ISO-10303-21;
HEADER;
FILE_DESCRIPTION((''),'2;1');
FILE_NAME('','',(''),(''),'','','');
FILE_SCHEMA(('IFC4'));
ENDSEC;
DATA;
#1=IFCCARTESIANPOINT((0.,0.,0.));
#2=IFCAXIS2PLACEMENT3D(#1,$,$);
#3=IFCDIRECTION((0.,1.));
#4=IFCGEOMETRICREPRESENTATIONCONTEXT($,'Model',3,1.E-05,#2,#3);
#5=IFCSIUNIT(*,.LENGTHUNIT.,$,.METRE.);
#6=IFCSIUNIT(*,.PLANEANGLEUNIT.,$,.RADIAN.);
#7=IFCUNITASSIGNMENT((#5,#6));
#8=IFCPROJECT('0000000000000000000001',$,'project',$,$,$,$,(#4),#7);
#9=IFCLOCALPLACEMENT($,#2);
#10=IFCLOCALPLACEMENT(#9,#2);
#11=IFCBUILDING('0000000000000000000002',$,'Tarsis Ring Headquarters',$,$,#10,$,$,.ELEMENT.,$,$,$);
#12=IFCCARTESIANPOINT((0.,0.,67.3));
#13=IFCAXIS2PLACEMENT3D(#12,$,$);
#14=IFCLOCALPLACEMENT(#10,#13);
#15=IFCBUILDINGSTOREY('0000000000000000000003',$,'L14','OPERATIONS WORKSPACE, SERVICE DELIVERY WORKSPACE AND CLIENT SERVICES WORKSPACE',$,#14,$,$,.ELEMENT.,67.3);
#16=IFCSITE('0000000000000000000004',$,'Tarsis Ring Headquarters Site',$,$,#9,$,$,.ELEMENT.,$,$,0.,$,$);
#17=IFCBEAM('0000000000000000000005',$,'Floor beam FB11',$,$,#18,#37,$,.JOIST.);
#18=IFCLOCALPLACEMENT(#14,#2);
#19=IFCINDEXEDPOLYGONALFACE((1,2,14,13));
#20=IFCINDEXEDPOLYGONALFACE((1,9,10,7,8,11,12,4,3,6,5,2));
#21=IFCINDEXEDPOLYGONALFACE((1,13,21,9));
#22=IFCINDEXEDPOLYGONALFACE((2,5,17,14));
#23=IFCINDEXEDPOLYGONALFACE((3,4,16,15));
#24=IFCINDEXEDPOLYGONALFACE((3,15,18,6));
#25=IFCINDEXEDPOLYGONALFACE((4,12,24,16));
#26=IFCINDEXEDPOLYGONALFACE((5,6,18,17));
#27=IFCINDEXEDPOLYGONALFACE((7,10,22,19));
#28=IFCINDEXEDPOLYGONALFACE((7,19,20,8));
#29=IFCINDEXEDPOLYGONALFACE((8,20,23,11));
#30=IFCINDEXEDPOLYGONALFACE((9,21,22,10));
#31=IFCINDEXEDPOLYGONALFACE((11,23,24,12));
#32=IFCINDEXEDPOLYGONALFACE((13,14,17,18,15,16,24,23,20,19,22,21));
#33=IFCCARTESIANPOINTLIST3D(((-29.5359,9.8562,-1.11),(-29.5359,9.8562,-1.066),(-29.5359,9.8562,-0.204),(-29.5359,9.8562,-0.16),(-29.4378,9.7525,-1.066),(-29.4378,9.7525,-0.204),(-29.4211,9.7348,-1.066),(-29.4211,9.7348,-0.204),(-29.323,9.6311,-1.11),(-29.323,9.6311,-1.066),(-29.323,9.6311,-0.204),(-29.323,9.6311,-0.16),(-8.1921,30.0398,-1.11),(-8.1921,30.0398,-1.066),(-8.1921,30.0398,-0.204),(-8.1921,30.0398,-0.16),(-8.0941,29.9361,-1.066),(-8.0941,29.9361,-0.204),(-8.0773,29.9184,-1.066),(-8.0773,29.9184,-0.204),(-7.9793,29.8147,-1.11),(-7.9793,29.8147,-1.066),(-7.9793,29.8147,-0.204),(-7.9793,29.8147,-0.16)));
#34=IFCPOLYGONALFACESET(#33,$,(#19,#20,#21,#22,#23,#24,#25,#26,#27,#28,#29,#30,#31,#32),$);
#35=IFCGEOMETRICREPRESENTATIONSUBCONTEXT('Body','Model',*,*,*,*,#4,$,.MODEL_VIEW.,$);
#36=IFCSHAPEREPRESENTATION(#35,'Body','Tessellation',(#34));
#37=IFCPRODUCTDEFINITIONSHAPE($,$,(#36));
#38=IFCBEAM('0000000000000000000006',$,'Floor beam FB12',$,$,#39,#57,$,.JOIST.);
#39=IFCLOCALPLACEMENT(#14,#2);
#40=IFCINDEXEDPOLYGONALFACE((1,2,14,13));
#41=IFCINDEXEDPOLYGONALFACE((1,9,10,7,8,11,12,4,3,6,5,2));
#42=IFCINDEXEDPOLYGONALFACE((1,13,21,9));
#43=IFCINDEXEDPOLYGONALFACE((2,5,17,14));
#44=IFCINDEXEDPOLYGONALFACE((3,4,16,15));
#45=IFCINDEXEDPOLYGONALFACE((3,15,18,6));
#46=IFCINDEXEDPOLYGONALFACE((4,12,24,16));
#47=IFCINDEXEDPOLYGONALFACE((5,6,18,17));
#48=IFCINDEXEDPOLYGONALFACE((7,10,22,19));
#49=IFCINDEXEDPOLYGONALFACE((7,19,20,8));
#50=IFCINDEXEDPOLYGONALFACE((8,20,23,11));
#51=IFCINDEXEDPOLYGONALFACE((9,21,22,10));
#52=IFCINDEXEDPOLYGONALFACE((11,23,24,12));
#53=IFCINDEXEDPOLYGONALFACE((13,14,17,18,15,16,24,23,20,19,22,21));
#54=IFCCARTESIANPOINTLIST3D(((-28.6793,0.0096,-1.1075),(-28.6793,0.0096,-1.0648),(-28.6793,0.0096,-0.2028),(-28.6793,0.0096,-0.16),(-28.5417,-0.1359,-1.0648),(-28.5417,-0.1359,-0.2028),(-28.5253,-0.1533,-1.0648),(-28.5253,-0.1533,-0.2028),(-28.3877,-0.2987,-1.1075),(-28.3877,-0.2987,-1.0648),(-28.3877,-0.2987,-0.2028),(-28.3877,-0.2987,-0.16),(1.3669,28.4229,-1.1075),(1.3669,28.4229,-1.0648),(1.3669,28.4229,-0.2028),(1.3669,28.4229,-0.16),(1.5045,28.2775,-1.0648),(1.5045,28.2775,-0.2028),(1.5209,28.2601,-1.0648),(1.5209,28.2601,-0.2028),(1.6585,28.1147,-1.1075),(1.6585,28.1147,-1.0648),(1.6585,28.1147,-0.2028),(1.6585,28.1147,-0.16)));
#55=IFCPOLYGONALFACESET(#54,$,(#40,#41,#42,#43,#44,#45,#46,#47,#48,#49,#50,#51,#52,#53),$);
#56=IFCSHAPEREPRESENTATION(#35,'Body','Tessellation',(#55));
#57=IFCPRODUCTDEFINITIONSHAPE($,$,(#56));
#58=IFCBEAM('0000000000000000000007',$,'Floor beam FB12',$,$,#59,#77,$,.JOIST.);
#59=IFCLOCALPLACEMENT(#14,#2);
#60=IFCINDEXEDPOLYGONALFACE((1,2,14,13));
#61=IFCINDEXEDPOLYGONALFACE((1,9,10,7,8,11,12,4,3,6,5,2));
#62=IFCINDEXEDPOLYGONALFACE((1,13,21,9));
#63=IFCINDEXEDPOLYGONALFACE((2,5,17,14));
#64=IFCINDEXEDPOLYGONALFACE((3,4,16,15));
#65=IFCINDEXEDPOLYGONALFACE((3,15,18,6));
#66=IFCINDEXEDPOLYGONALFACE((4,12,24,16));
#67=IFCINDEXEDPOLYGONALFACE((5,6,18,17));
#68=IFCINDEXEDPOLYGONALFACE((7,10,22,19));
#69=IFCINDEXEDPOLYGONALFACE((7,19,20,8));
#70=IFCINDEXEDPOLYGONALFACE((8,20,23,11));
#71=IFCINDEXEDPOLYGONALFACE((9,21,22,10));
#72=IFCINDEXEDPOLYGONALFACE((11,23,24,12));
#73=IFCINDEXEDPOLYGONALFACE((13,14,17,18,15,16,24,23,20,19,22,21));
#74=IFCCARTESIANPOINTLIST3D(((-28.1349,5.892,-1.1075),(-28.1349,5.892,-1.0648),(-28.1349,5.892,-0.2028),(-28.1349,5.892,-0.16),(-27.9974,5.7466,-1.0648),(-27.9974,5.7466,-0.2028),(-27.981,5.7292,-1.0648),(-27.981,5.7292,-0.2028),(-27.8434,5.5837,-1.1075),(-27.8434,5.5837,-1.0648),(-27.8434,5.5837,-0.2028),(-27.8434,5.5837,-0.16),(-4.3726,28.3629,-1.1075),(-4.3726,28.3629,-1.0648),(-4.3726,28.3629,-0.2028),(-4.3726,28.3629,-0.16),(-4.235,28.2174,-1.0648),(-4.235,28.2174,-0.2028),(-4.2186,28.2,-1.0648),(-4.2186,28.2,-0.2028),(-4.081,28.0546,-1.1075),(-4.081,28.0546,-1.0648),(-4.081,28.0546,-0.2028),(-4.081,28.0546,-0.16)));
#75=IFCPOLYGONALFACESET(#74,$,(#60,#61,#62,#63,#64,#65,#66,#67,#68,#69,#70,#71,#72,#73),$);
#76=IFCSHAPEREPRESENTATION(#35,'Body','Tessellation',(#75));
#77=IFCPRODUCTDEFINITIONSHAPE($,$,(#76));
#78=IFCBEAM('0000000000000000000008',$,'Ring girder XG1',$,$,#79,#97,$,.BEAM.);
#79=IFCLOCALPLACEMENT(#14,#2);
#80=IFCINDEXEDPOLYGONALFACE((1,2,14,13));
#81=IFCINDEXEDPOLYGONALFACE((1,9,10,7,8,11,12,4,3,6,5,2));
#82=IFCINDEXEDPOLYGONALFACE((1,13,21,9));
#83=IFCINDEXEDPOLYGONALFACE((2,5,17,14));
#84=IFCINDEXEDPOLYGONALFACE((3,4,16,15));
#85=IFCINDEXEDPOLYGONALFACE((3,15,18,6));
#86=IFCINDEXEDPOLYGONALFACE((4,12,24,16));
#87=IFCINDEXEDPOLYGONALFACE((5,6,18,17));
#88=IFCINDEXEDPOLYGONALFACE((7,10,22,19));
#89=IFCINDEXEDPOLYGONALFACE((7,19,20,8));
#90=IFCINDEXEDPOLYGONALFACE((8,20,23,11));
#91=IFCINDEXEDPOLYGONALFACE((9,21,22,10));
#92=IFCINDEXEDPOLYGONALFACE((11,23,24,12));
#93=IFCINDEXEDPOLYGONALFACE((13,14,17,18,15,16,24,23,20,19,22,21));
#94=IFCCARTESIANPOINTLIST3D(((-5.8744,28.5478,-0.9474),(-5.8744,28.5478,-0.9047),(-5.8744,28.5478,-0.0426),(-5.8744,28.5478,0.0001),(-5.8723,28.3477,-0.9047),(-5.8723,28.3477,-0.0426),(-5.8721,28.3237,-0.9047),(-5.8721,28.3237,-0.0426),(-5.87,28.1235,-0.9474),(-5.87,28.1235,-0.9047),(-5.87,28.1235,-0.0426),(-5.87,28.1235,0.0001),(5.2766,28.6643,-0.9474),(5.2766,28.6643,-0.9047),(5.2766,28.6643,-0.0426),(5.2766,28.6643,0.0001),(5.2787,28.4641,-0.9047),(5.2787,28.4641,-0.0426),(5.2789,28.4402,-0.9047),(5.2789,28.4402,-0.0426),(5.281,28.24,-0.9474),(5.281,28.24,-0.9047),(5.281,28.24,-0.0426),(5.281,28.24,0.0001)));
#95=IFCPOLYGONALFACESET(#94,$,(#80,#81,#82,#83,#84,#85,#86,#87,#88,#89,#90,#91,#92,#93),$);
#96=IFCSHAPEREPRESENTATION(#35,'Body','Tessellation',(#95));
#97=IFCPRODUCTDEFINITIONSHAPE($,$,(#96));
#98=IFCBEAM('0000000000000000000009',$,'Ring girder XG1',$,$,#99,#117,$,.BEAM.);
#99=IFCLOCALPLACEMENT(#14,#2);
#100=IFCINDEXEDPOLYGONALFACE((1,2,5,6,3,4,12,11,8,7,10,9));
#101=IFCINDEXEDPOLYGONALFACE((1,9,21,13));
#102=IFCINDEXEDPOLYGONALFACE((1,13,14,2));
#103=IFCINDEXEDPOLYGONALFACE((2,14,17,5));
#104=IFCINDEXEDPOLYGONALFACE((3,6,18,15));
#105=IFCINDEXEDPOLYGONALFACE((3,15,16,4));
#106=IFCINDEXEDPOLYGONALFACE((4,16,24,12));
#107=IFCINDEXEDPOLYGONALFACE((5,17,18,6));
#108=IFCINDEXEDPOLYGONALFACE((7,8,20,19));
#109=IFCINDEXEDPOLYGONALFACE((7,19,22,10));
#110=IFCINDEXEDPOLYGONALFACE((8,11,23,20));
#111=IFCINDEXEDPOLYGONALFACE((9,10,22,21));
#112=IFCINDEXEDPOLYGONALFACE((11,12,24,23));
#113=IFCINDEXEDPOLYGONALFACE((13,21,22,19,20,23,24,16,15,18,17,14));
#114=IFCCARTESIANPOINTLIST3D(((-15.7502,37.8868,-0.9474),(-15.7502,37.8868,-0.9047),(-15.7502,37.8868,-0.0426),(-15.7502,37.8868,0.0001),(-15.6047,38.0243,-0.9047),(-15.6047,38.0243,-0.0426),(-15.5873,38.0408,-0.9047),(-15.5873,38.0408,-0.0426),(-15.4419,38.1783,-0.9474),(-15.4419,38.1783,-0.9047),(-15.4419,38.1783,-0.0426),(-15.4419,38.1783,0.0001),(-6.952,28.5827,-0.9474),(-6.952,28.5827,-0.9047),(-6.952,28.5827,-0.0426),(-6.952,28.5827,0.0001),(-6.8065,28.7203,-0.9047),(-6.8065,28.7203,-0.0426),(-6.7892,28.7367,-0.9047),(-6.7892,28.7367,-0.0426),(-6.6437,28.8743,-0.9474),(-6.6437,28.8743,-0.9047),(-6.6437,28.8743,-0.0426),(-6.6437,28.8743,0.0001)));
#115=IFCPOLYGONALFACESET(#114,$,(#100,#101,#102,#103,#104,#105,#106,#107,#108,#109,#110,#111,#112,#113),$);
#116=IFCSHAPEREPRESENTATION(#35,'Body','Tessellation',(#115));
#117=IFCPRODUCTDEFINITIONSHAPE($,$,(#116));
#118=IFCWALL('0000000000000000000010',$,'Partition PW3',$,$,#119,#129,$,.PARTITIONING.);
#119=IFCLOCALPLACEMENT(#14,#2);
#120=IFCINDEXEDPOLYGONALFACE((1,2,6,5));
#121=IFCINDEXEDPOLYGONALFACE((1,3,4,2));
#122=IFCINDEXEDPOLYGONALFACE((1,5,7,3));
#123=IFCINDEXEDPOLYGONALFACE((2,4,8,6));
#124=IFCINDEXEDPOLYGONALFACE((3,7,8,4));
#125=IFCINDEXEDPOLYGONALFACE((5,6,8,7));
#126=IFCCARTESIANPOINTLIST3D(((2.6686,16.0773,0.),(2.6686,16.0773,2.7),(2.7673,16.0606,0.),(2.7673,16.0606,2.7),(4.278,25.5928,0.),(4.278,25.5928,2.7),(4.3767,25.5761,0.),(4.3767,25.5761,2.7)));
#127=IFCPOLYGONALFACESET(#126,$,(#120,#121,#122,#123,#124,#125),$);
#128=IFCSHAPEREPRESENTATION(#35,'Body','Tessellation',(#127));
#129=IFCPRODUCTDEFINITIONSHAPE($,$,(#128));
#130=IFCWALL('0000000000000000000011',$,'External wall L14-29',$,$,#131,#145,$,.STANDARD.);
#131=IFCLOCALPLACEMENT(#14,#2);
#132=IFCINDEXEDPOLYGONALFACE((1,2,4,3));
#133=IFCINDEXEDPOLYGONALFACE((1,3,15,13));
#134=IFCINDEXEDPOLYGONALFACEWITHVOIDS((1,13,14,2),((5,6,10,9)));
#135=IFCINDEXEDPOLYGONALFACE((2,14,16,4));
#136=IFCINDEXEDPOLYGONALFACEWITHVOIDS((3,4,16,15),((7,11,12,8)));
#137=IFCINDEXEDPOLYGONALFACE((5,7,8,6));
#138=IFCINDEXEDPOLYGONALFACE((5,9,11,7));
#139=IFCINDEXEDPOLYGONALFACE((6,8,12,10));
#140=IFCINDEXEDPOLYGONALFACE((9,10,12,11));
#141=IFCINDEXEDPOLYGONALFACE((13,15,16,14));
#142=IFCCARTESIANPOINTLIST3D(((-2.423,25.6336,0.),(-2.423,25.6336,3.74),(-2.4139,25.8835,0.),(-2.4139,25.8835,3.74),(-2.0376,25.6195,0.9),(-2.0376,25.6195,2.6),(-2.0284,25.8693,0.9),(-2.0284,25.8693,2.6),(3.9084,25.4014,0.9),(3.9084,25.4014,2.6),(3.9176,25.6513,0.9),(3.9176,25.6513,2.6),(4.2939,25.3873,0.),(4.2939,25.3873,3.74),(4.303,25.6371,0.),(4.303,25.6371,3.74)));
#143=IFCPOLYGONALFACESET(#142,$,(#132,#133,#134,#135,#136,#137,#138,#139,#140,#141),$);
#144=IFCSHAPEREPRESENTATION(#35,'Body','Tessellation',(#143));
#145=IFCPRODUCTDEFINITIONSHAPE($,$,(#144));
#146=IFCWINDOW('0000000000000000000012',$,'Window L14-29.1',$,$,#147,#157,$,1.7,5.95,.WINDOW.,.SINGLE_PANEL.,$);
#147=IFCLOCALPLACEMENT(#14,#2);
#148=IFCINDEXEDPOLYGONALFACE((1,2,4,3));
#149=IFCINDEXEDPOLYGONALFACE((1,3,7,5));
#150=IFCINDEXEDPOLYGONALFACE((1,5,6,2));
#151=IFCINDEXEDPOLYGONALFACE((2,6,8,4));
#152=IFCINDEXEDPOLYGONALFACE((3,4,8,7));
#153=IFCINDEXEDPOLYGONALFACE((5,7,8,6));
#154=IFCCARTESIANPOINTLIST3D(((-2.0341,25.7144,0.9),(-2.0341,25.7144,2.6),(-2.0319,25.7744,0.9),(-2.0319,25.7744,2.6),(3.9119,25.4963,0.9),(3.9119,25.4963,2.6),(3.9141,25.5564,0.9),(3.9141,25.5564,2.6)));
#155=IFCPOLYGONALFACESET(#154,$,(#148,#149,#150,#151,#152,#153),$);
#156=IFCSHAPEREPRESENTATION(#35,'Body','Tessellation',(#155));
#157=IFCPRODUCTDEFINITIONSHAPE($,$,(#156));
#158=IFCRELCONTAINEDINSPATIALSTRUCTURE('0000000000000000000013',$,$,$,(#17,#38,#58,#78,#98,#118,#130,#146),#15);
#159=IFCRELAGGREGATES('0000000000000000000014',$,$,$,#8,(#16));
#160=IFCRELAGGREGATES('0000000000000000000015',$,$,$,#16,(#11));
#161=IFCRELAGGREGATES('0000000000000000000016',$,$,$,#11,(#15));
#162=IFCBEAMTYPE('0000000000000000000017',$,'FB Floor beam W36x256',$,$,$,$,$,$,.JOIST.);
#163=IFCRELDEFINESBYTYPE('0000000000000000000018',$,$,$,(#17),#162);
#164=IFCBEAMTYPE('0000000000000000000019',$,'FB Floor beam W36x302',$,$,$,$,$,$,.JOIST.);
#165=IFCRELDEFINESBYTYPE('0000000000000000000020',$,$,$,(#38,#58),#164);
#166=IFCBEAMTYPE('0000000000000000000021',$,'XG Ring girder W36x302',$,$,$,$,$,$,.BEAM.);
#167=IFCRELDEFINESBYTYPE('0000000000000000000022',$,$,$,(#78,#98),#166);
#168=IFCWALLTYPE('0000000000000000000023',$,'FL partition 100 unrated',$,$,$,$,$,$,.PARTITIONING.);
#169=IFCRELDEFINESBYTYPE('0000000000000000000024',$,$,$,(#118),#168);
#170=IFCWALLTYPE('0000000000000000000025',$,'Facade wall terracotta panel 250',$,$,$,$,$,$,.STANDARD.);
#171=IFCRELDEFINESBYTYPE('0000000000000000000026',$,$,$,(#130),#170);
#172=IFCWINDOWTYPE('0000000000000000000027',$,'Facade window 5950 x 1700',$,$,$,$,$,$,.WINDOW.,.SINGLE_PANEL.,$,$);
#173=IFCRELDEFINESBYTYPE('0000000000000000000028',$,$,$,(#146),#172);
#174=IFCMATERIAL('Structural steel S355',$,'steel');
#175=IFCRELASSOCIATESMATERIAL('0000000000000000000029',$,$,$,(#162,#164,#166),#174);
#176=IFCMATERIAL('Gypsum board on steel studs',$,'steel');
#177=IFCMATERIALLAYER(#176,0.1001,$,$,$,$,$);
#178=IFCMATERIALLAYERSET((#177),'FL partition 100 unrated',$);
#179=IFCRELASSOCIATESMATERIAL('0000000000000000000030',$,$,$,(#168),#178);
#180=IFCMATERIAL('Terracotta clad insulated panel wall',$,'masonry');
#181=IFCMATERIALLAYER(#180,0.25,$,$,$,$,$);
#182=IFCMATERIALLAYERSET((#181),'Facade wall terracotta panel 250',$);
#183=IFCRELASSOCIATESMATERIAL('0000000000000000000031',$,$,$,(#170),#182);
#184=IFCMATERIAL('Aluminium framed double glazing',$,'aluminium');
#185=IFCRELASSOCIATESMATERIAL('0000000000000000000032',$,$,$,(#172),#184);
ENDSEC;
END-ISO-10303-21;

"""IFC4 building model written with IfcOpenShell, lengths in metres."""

from ifc_helpers import new_model, si_unit, direction, frame, frame_2d, origin, origin_2d, place, context, subcontext, project, spatial, rectangle, i_section, extrude, material, layer, layer_set, material_profile, profile_set, type_object, element, fill, save


model = new_model("IFC4")

# Units and contexts
model_context = context("Model", 3, precision=1e-05, world=origin(), true_north=direction((0.0, 1.0)))
body_context = subcontext(model_context, "Body", "Model", "MODEL_VIEW")
ifc_project = project(units=[si_unit("LENGTHUNIT", "METRE"), si_unit("PLANEANGLEUNIT", "RADIAN")], contexts=[model_context])

# Site, building, storey
site_placement = place(None, origin())
site = spatial("IfcSite", under=ifc_project, at=site_placement, Name="Tarsis Ring Headquarters Site", CompositionType="ELEMENT", RefElevation=0.0)
building_placement = place(site_placement, origin())
building = spatial("IfcBuilding", under=site, at=building_placement, Name="Tarsis Ring Headquarters", CompositionType="ELEMENT")
storey_placement = place(building_placement, frame((0.0, 0.0, 67.3)))
storey = spatial("IfcBuildingStorey", under=building, at=storey_placement, Name="L14", Description="OPERATIONS WORKSPACE, SERVICE DELIVERY WORKSPACE AND CLIENT SERVICES WORKSPACE", CompositionType="ELEMENT", Elevation=67.3)

# Beams
ifc_material_1 = material(Name="Structural steel S355", Category="steel")
ifc_material_profile_1 = material_profile(ifc_material_1, i_section(OverallWidth=0.3098, OverallDepth=0.95, WebThickness=0.0244, FlangeThickness=0.0439, at=origin_2d()), Name="W36x256")
ifc_profile_set_1 = profile_set([ifc_material_profile_1], Name="Structural steel S355")
beam_type_1 = type_object("IfcBeamType", Name="FB Floor beam W36x256", PredefinedType="JOIST", material=ifc_profile_set_1)
beam_1_placement = place(storey_placement, frame((-8.0857, 29.9272, -0.635), z_axis=(-0.726578, -0.687084, 0.0), x_axis=(0.687084, -0.726578, 0.0)))
element("IfcBeam", 1, at=beam_1_placement, inside=storey, type_object=beam_type_1, Name="Floor beam FB11", PredefinedType="JOIST", context=body_context, shape_type="SweptSolid", body=[
    extrude(i_section(OverallWidth=0.3098, OverallDepth=0.95, WebThickness=0.0244, FlangeThickness=0.0439, at=origin_2d()), origin(), (0.0, 0.0, 1.0), 29.3757),
])
ifc_material_profile_2 = material_profile(ifc_material_1, i_section(OverallWidth=0.4243, OverallDepth=0.9475, WebThickness=0.0239, FlangeThickness=0.0427, at=origin_2d()), Name="W36x302")
ifc_profile_set_2 = profile_set([ifc_material_profile_2], Name="Structural steel S355")
beam_type_2 = type_object("IfcBeamType", Name="FB Floor beam W36x302", PredefinedType="JOIST", material=ifc_profile_set_2)
beam_2_placement = place(storey_placement, frame((1.5127, 28.2688, -0.6338), z_axis=(-0.726573, -0.687089, 0.0), x_axis=(0.687089, -0.726573, 0.0)))
element("IfcBeam", 2, at=beam_2_placement, inside=storey, type_object=beam_type_2, Name="Floor beam FB12", PredefinedType="JOIST", context=body_context, shape_type="SweptSolid", body=[
    extrude(i_section(OverallWidth=0.4243, OverallDepth=0.9475, WebThickness=0.0239, FlangeThickness=0.0427, at=origin_2d()), origin(), (0.0, 0.0, 1.0), 41.3533),
])
beam_3_placement = place(storey_placement, frame((-4.2268, 28.2087, -0.6338), z_axis=(-0.726576, -0.687086, 0.0), x_axis=(0.687086, -0.726576, 0.0)))
element("IfcBeam", 3, at=beam_3_placement, inside=storey, type_object=beam_type_2, Name="Floor beam FB12", PredefinedType="JOIST", context=body_context, shape_type="SweptSolid", body=[
    extrude(i_section(OverallWidth=0.4243, OverallDepth=0.9475, WebThickness=0.0239, FlangeThickness=0.0427, at=origin_2d()), origin(), (0.0, 0.0, 1.0), 32.7046),
])
beam_type_3 = type_object("IfcBeamType", Name="XG Ring girder W36x302", PredefinedType="BEAM", material=ifc_profile_set_2)
beam_4_placement = place(storey_placement, frame((5.2788, 28.4521, -0.4736), z_axis=(-0.999945, -0.010443, 0.0), x_axis=(0.010443, -0.999945, 0.0)))
element("IfcBeam", 4, at=beam_4_placement, inside=storey, type_object=beam_type_3, Name="Ring girder XG1", PredefinedType="BEAM", context=body_context, shape_type="SweptSolid", body=[
    extrude(i_section(OverallWidth=0.4243, OverallDepth=0.9475, WebThickness=0.0239, FlangeThickness=0.0427, at=origin_2d()), origin(), (0.0, 0.0, 1.0), 11.1516),
])
beam_5_placement = place(storey_placement, frame((-6.7979, 28.7285, -0.4736), z_axis=(-0.687079, 0.726583, 0.0), x_axis=(-0.726583, -0.687079, 0.0)))
element("IfcBeam", 5, at=beam_5_placement, inside=storey, type_object=beam_type_3, Name="Ring girder XG1", PredefinedType="BEAM", context=body_context, shape_type="SweptSolid", body=[
    extrude(i_section(OverallWidth=0.4243, OverallDepth=0.9475, WebThickness=0.0239, FlangeThickness=0.0427, at=origin_2d()), origin(), (0.0, 0.0, 1.0), 12.8052),
])

# Wall
ifc_material_2 = material(Name="Gypsum board on steel studs", Category="steel")
ifc_layer_1 = layer(ifc_material_2, 0.1001)
ifc_layer_set_1 = layer_set([ifc_layer_1], Name="FL partition 100 unrated")
wall_type_1 = type_object("IfcWallType", Name="FL partition 100 unrated", PredefinedType="PARTITIONING", material=ifc_layer_set_1)
wall_1_placement = place(storey_placement, frame((2.718, 16.0691, 0.0), z_axis=(0.0, 0.0, 1.0), x_axis=(0.166766, 0.985997, 0.0)))
element("IfcWall", 6, at=wall_1_placement, inside=storey, type_object=wall_type_1, Name="Partition PW3", PredefinedType="PARTITIONING", context=body_context, shape_type="SweptSolid", body=[
    extrude(rectangle(XDim=9.6506, YDim=0.1001, at=frame_2d((4.8252, 0.0))), origin(), (0.0, 0.0, 1.0), 2.7),
])

# Wall, opening, window
ifc_material_3 = material(Name="Terracotta clad insulated panel wall", Category="masonry")
ifc_layer_2 = layer(ifc_material_3, 0.25)
ifc_layer_set_2 = layer_set([ifc_layer_2], Name="Facade wall terracotta panel 250")
wall_type_2 = type_object("IfcWallType", Name="Facade wall terracotta panel 250", PredefinedType="STANDARD", material=ifc_layer_set_2)
wall_2_placement = place(storey_placement, frame((4.2986, 25.5122, 0.0), z_axis=(0.0, 0.0, 1.0), x_axis=(-0.999328, 0.036649, 0.0)))
wall_2 = element("IfcWall", 7, at=wall_2_placement, inside=storey, type_object=wall_type_2, Name="External wall L14-29", PredefinedType="STANDARD", context=body_context, shape_type="SweptSolid", body=[
    extrude(rectangle(XDim=6.7214, YDim=0.25, at=frame_2d((3.3608, 0.0))), origin(), (0.0, 0.0, 1.0), 3.74),
])
opening_1_placement = place(wall_2_placement, frame((0.3857, 0.0, 0.8999)))
opening_1 = element("IfcOpeningElement", 8, at=opening_1_placement, cuts=wall_2, PredefinedType="OPENING", context=body_context, shape_type="SweptSolid", body=[
    extrude(rectangle(XDim=5.95, YDim=1.7, at=frame_2d((2.9751, 0.8501))), frame((0.0, 0.135, 0.0), z_axis=(0.0, -1.0, 0.0), x_axis=(1.0, 0.0, 0.0)), (0.0, 0.0, 1.0), 0.27),
])
ifc_material_4 = material(Name="Aluminium framed double glazing", Category="aluminium")
window_type_1 = type_object("IfcWindowType", Name="Facade window 5950 x 1700", PartitioningType="SINGLE_PANEL", PredefinedType="WINDOW", material=ifc_material_4)
window_1_placement = place(opening_1_placement, origin())
window_1 = element("IfcWindow", 9, at=window_1_placement, inside=storey, type_object=window_type_1, Name="Window L14-29.1", OverallHeight=1.7, OverallWidth=5.95, PartitioningType="SINGLE_PANEL", PredefinedType="WINDOW", context=body_context, shape_type="SweptSolid", body=[
    extrude(rectangle(XDim=5.95, YDim=1.7, at=frame_2d((2.9751, 0.8501))), frame((0.0, 0.03, 0.0), z_axis=(0.0, -1.0, 0.0), x_axis=(1.0, 0.0, 0.0)), (0.0, 0.0, 1.0), 0.0601),
])
fill(opening_1, window_1)

save(model, "model.ifc")
